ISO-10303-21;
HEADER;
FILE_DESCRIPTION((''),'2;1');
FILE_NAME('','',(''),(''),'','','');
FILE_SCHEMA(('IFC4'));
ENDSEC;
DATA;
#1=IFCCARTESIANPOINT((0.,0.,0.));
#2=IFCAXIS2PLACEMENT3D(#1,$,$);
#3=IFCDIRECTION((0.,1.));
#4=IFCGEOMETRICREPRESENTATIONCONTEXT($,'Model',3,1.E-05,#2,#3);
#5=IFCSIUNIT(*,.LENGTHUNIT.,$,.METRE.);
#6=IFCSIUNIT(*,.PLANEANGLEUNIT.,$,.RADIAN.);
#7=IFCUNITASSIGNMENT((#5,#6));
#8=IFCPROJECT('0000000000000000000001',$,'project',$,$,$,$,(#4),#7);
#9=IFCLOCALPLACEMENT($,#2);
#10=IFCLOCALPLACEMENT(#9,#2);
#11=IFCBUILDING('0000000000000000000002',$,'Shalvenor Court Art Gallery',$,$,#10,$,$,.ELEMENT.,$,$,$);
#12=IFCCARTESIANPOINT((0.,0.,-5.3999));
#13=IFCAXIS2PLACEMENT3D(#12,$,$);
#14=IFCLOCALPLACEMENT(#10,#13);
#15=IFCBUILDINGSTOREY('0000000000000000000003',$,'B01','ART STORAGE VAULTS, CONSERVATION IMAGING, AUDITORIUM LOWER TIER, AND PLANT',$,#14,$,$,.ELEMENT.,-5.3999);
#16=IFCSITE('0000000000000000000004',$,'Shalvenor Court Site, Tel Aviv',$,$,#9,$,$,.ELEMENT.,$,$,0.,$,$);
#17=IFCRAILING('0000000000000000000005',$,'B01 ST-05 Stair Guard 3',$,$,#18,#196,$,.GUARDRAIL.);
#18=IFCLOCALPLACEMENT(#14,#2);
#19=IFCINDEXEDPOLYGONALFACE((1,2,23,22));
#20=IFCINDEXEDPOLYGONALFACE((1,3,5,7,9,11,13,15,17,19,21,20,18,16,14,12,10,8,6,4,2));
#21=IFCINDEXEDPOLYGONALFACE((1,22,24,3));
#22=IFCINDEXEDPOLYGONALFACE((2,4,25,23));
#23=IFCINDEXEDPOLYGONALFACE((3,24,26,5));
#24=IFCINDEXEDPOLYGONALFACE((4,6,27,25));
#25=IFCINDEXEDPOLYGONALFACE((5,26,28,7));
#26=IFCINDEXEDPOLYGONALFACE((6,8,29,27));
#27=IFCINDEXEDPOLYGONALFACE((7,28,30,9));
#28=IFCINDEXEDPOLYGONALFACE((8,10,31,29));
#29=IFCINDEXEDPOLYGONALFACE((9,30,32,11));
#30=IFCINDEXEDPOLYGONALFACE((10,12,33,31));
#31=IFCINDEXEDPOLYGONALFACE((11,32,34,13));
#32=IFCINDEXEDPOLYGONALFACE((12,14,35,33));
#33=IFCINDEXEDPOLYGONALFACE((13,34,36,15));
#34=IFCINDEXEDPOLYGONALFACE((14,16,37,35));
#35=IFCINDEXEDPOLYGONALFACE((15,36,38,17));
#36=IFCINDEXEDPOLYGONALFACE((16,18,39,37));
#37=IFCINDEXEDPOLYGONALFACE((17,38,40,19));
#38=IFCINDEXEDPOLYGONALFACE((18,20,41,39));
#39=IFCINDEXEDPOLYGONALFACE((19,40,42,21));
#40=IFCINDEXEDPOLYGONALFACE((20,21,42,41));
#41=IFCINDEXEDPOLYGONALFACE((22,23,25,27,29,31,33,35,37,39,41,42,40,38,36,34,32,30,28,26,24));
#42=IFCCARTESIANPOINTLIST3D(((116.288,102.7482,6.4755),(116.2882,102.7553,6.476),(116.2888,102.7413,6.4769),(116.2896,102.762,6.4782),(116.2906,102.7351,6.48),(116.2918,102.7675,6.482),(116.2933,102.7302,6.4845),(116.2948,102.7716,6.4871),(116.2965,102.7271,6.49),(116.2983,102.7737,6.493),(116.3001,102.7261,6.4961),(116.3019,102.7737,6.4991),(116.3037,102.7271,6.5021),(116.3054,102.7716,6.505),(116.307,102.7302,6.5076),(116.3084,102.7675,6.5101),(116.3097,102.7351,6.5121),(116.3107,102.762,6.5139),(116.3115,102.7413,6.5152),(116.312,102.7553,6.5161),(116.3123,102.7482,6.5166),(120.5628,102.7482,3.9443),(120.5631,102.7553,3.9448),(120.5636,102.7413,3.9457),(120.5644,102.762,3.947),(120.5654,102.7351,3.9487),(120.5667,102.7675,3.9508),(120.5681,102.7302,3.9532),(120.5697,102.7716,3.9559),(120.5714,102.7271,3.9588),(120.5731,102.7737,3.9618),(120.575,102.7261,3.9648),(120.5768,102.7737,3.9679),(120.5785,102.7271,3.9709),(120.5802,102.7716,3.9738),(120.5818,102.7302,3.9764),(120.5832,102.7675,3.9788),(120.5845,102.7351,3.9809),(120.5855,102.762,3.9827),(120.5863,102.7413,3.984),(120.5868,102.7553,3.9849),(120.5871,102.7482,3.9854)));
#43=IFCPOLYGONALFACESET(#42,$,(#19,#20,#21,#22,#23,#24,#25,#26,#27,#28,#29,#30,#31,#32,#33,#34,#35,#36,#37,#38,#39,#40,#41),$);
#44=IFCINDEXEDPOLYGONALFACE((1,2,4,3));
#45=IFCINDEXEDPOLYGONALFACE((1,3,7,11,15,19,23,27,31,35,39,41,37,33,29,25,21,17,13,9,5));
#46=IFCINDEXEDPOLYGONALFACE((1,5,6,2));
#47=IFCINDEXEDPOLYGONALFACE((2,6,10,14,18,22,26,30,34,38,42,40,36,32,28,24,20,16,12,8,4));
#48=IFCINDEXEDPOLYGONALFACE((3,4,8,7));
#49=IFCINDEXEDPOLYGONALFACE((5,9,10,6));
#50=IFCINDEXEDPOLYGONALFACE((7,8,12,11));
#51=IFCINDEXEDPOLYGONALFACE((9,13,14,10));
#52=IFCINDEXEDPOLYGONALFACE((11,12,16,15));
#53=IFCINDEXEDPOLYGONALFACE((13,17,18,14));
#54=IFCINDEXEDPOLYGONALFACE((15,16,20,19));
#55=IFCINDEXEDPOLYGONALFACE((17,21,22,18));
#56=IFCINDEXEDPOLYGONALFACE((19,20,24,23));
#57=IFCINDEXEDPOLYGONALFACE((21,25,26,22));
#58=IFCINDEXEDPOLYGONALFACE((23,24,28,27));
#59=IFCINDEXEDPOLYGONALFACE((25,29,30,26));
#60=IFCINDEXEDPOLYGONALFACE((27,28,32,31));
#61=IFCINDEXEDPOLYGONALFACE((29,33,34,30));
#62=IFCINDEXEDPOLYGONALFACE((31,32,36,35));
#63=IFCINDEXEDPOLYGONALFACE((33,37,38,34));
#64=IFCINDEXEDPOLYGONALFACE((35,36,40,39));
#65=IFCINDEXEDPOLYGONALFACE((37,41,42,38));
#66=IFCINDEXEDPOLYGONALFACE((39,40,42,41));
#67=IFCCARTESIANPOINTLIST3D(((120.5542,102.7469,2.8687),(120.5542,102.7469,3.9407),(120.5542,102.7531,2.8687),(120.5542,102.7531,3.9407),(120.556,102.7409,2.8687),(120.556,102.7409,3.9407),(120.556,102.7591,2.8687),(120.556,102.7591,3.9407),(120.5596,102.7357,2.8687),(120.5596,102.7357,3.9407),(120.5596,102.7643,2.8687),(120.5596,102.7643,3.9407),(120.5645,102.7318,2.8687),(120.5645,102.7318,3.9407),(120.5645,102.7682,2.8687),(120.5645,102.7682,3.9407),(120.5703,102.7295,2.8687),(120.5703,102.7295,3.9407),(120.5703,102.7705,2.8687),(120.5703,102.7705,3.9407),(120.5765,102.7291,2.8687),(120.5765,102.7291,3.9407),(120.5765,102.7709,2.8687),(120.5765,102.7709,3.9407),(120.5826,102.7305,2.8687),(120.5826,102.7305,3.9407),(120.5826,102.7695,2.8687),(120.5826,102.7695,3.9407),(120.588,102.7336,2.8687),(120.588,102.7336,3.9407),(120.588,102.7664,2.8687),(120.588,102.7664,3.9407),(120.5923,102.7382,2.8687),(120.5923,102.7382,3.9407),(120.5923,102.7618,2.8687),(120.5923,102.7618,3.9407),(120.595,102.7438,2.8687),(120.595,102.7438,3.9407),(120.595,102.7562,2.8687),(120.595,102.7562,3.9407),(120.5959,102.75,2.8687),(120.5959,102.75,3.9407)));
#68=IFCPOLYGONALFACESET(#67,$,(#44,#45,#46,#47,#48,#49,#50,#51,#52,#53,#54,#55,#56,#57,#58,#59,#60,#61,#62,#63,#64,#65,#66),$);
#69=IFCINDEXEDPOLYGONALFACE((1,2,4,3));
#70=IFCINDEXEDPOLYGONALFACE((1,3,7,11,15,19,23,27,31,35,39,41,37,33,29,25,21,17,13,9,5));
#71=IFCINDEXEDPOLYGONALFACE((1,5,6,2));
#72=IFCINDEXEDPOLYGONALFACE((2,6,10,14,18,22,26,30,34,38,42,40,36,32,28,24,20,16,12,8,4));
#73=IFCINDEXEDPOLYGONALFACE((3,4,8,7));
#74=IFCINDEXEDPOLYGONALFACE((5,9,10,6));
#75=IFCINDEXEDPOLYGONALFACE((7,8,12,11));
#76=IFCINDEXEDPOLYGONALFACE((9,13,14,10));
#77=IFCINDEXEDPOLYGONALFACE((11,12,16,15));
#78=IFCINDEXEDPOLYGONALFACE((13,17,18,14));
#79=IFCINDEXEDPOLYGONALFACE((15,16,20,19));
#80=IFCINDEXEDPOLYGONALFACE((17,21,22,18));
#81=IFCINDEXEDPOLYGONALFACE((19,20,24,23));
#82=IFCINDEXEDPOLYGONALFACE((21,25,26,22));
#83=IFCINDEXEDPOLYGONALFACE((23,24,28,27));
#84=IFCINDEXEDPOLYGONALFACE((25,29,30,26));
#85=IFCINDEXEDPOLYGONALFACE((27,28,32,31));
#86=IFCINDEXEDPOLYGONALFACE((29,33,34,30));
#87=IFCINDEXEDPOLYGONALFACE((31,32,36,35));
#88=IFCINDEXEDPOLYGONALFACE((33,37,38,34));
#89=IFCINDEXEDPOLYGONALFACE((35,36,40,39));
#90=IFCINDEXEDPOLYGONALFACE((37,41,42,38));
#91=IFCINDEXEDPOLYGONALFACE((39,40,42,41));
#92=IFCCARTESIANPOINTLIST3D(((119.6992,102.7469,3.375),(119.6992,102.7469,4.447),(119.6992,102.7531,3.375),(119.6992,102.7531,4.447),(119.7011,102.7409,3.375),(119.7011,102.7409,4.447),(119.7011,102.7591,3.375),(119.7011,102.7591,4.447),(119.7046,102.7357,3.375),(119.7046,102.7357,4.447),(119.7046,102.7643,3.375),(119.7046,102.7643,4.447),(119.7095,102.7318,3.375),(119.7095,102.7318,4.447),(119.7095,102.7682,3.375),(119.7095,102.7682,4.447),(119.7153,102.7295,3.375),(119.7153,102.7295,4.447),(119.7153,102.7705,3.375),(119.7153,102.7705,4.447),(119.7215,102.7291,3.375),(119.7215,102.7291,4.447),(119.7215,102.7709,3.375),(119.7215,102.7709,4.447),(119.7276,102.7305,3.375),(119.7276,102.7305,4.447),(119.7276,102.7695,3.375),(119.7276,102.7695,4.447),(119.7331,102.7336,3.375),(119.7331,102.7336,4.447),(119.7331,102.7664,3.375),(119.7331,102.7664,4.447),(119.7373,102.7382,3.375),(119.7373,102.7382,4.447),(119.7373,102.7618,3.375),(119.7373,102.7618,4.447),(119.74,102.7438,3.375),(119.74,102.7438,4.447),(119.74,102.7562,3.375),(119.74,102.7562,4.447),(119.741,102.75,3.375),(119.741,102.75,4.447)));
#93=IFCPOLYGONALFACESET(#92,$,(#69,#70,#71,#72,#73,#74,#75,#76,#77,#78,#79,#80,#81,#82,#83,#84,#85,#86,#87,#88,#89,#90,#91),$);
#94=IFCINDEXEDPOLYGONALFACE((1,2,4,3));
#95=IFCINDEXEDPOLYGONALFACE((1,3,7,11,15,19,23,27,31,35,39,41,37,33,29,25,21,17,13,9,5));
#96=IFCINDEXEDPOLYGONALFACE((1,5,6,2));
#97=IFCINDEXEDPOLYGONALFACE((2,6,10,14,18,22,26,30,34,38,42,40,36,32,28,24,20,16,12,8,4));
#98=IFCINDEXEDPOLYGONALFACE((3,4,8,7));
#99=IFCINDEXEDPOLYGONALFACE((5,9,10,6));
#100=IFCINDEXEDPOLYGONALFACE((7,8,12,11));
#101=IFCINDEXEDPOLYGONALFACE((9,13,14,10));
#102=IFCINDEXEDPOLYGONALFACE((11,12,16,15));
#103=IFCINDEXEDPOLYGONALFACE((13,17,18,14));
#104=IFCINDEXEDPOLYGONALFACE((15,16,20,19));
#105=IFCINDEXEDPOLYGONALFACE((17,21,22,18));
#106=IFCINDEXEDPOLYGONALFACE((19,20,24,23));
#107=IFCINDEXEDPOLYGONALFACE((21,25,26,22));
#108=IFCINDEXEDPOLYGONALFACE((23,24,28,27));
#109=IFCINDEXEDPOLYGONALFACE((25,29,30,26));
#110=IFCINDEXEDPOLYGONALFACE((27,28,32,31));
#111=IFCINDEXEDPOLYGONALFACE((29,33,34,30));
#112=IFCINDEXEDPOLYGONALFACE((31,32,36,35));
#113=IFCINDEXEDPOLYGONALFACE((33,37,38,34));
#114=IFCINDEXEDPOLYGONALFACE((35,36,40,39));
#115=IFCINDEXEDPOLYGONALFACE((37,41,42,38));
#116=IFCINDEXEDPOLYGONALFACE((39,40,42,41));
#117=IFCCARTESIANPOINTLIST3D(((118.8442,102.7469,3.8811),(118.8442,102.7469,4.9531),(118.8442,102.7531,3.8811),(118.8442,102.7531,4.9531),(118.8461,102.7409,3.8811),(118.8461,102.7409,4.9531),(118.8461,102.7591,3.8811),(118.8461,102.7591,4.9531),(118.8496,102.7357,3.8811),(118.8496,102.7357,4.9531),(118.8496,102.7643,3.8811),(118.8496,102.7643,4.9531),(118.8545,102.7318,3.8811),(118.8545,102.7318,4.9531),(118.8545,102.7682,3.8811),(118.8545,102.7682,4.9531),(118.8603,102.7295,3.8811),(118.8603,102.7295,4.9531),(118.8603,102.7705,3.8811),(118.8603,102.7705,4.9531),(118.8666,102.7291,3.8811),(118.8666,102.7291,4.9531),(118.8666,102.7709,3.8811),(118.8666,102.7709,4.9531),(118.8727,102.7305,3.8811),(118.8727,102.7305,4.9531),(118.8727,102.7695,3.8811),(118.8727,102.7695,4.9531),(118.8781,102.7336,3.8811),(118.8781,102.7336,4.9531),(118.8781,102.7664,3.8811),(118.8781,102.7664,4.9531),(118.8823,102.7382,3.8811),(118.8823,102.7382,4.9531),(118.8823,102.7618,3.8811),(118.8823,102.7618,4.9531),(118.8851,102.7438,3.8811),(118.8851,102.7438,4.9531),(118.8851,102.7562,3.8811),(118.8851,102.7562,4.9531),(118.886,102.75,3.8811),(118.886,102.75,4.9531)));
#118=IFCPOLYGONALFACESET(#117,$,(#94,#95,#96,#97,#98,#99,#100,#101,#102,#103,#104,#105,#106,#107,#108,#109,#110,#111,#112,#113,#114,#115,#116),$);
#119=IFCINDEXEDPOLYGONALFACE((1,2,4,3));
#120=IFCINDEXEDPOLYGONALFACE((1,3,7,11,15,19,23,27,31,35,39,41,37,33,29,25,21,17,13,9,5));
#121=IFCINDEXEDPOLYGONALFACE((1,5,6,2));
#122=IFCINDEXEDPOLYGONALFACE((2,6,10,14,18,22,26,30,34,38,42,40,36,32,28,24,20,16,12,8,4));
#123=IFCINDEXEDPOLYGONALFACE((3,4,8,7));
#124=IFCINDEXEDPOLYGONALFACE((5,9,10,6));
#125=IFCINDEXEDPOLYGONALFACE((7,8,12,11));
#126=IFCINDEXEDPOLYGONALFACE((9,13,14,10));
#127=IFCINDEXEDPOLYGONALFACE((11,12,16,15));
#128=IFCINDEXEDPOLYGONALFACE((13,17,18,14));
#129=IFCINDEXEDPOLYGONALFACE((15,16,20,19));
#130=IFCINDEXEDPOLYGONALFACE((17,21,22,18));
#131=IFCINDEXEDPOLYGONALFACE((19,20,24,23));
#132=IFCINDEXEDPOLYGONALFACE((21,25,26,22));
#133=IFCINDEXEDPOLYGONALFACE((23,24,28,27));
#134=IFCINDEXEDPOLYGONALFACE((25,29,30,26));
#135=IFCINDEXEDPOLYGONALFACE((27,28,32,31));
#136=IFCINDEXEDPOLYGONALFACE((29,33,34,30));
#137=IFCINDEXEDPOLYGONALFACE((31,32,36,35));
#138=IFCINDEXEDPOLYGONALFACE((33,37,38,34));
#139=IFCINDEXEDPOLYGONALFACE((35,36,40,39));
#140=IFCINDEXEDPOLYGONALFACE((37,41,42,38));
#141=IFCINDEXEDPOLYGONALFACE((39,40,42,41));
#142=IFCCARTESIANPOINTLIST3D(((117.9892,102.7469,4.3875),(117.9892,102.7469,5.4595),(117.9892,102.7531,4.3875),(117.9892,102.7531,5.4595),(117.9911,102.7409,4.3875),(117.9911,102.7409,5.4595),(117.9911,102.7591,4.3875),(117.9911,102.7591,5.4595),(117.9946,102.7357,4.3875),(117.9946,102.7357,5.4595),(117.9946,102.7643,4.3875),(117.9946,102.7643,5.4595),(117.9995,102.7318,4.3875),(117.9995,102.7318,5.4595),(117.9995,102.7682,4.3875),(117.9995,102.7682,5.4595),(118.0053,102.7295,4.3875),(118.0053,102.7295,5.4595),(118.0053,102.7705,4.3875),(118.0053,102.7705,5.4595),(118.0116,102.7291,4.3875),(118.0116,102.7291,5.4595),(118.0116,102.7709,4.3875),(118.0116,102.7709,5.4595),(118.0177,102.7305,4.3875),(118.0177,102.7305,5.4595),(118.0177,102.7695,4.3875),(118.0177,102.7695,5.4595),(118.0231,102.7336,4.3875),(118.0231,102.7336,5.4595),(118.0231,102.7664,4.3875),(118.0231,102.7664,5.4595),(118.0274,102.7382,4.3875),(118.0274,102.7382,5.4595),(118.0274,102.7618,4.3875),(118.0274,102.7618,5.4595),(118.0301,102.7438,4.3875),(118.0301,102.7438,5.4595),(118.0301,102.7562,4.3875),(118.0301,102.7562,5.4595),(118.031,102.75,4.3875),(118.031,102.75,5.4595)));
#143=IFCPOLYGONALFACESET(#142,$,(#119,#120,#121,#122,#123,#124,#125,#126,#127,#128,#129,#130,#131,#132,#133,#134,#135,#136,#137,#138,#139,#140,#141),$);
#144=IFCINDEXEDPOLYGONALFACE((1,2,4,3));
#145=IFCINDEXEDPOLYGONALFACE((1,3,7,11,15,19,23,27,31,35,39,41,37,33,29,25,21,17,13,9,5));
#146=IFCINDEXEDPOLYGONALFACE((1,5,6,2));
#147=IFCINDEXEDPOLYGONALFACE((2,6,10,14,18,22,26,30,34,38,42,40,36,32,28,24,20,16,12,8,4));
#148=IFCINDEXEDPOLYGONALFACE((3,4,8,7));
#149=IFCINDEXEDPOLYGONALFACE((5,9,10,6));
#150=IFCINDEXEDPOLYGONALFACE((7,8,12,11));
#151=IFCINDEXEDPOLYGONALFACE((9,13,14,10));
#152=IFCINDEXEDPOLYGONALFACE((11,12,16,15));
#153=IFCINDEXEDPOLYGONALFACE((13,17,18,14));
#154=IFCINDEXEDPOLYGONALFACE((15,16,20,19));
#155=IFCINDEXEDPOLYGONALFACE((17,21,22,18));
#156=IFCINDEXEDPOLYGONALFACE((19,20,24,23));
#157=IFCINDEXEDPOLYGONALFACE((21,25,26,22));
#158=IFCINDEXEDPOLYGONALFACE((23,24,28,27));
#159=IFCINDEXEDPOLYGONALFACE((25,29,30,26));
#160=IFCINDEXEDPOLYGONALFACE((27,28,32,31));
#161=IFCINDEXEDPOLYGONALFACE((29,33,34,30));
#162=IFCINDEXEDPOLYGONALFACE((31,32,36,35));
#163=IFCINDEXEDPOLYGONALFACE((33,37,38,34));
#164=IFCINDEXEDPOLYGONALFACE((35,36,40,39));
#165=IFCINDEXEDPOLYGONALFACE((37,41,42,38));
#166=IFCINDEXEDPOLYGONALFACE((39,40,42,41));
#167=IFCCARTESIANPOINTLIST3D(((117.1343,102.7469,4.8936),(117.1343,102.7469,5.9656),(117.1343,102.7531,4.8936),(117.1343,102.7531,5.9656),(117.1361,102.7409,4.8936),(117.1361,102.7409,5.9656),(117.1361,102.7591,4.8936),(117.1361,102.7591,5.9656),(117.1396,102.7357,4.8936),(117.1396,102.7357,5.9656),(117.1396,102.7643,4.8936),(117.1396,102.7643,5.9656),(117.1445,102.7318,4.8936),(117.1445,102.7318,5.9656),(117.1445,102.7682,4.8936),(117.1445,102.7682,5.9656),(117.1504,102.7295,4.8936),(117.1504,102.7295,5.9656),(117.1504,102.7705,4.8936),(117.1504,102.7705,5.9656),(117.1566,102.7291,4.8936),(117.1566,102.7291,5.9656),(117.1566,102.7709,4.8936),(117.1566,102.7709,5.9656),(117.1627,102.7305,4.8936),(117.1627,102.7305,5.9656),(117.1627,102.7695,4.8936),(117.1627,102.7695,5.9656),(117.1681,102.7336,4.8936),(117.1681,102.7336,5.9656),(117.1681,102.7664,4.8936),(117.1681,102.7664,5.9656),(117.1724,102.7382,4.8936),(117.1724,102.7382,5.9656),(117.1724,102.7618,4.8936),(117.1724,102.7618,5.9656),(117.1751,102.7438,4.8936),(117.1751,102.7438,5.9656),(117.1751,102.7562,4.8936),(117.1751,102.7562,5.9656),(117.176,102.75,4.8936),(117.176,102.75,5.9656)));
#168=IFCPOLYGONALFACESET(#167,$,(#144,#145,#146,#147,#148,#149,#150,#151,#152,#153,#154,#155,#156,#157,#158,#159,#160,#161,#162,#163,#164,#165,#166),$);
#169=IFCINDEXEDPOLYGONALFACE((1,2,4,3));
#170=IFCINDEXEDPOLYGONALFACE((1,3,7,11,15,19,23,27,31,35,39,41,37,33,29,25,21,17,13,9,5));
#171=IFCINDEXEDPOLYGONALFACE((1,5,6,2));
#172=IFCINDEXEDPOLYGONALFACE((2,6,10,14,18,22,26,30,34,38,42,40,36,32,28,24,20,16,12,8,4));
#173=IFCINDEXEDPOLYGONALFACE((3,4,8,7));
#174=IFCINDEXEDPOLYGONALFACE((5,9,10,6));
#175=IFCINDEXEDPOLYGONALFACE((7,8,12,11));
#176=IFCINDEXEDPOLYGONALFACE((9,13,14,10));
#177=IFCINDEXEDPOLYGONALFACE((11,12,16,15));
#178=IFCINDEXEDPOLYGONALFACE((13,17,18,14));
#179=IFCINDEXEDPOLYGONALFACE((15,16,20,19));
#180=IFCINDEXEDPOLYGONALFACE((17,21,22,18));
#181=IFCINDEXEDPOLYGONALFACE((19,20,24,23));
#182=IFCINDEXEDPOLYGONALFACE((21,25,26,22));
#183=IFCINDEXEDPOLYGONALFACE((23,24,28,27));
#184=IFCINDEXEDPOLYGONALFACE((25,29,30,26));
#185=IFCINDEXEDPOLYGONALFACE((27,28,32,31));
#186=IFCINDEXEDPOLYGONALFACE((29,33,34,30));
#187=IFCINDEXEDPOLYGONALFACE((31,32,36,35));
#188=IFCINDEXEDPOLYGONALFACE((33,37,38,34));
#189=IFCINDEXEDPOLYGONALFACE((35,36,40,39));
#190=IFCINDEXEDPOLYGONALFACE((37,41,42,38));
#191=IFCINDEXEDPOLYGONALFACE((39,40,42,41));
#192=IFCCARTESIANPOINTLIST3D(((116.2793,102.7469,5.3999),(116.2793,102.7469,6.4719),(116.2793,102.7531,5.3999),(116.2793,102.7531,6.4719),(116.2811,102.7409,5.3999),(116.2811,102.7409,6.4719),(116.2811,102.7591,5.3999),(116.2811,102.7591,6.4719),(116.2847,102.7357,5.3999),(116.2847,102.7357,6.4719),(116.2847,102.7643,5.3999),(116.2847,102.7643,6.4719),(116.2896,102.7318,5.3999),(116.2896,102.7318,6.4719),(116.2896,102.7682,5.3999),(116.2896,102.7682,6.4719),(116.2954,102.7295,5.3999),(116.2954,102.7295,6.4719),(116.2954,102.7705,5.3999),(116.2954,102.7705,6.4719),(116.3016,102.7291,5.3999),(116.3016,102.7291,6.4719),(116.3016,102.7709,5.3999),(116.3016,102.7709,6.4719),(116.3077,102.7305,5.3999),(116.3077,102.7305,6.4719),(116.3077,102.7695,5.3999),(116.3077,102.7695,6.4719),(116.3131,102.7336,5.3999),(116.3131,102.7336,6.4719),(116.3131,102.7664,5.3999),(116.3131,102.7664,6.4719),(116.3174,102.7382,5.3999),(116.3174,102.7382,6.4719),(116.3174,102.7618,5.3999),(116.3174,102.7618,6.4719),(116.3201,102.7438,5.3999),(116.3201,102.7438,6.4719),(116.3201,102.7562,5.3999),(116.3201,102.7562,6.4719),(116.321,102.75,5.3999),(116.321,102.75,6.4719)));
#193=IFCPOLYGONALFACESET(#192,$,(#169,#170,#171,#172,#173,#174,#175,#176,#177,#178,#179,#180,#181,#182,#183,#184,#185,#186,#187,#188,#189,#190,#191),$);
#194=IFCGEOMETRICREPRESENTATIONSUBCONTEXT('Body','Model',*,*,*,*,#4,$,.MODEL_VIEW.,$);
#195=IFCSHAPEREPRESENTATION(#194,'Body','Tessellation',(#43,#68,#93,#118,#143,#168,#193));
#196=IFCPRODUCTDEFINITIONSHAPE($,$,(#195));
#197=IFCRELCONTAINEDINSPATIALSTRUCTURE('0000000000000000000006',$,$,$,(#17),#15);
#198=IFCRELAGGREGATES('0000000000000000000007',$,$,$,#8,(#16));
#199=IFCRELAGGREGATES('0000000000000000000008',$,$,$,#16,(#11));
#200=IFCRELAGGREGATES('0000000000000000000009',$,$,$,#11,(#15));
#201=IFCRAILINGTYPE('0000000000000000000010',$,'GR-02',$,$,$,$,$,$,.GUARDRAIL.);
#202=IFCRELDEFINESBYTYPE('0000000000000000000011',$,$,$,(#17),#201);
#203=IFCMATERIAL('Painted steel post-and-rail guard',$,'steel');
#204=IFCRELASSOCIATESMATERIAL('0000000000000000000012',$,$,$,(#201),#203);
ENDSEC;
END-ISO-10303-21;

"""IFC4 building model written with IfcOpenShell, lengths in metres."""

from ifc_helpers import new_model, si_unit, direction, frame, origin, origin_2d, place, context, subcontext, project, spatial, circle, extrude, material, type_object, element, save


model = new_model("IFC4")

# Units and contexts
model_context = context("Model", 3, precision=1e-05, world=origin(), true_north=direction((0.0, 1.0)))
body_context = subcontext(model_context, "Body", "Model", "MODEL_VIEW")
ifc_project = project(units=[si_unit("LENGTHUNIT", "METRE"), si_unit("PLANEANGLEUNIT", "RADIAN")], contexts=[model_context])

# Site, building, storey
site_placement = place(None, origin())
site = spatial("IfcSite", under=ifc_project, at=site_placement, Name="Shalvenor Court Site, Tel Aviv", CompositionType="ELEMENT", RefElevation=0.0)
building_placement = place(site_placement, origin())
building = spatial("IfcBuilding", under=site, at=building_placement, Name="Shalvenor Court Art Gallery", CompositionType="ELEMENT")
storey_placement = place(building_placement, frame((0.0, 0.0, -5.3999)))
storey = spatial("IfcBuildingStorey", under=building, at=storey_placement, Name="B01", Description="ART STORAGE VAULTS, CONSERVATION IMAGING, AUDITORIUM LOWER TIER, AND PLANT", CompositionType="ELEMENT", Elevation=-5.3999)

# Railing
ifc_material_1 = material(Name="Painted steel post-and-rail guard", Category="steel")
railing_type_1 = type_object("IfcRailingType", Name="GR-02", PredefinedType="GUARDRAIL", material=ifc_material_1)
railing_1_placement = place(storey_placement, frame((120.575, 102.75, 2.8687)))
element("IfcRailing", 1, at=railing_1_placement, inside=storey, type_object=railing_type_1, Name="B01 ST-05 Stair Guard 3", PredefinedType="GUARDRAIL", context=body_context, shape_type="SweptSolid", body=[
    extrude(circle(Radius=0.0239, at=origin_2d()), frame((0.0, 0.0, 1.0962), z_axis=(-0.86047, 0.0, 0.509501), x_axis=(0.0, -1.0, 0.0)), (0.0, 0.0, 1.0), 4.968),
    extrude(circle(Radius=0.021, at=origin_2d()), origin(), (0.0, 0.0, 1.0), 1.072),
    extrude(circle(Radius=0.021, at=origin_2d()), frame((-0.855, 0.0, 0.5063)), (0.0, 0.0, 1.0), 1.072),
    extrude(circle(Radius=0.021, at=origin_2d()), frame((-1.71, 0.0, 1.0125)), (0.0, 0.0, 1.0), 1.072),
    extrude(circle(Radius=0.021, at=origin_2d()), frame((-2.5649, 0.0, 1.5188)), (0.0, 0.0, 1.0), 1.072),
    extrude(circle(Radius=0.021, at=origin_2d()), frame((-3.4199, 0.0, 2.0249)), (0.0, 0.0, 1.0), 1.072),
    extrude(circle(Radius=0.021, at=origin_2d()), frame((-4.2749, 0.0, 2.5312)), (0.0, 0.0, 1.0), 1.072),
])

save(model, "model.ifc")
